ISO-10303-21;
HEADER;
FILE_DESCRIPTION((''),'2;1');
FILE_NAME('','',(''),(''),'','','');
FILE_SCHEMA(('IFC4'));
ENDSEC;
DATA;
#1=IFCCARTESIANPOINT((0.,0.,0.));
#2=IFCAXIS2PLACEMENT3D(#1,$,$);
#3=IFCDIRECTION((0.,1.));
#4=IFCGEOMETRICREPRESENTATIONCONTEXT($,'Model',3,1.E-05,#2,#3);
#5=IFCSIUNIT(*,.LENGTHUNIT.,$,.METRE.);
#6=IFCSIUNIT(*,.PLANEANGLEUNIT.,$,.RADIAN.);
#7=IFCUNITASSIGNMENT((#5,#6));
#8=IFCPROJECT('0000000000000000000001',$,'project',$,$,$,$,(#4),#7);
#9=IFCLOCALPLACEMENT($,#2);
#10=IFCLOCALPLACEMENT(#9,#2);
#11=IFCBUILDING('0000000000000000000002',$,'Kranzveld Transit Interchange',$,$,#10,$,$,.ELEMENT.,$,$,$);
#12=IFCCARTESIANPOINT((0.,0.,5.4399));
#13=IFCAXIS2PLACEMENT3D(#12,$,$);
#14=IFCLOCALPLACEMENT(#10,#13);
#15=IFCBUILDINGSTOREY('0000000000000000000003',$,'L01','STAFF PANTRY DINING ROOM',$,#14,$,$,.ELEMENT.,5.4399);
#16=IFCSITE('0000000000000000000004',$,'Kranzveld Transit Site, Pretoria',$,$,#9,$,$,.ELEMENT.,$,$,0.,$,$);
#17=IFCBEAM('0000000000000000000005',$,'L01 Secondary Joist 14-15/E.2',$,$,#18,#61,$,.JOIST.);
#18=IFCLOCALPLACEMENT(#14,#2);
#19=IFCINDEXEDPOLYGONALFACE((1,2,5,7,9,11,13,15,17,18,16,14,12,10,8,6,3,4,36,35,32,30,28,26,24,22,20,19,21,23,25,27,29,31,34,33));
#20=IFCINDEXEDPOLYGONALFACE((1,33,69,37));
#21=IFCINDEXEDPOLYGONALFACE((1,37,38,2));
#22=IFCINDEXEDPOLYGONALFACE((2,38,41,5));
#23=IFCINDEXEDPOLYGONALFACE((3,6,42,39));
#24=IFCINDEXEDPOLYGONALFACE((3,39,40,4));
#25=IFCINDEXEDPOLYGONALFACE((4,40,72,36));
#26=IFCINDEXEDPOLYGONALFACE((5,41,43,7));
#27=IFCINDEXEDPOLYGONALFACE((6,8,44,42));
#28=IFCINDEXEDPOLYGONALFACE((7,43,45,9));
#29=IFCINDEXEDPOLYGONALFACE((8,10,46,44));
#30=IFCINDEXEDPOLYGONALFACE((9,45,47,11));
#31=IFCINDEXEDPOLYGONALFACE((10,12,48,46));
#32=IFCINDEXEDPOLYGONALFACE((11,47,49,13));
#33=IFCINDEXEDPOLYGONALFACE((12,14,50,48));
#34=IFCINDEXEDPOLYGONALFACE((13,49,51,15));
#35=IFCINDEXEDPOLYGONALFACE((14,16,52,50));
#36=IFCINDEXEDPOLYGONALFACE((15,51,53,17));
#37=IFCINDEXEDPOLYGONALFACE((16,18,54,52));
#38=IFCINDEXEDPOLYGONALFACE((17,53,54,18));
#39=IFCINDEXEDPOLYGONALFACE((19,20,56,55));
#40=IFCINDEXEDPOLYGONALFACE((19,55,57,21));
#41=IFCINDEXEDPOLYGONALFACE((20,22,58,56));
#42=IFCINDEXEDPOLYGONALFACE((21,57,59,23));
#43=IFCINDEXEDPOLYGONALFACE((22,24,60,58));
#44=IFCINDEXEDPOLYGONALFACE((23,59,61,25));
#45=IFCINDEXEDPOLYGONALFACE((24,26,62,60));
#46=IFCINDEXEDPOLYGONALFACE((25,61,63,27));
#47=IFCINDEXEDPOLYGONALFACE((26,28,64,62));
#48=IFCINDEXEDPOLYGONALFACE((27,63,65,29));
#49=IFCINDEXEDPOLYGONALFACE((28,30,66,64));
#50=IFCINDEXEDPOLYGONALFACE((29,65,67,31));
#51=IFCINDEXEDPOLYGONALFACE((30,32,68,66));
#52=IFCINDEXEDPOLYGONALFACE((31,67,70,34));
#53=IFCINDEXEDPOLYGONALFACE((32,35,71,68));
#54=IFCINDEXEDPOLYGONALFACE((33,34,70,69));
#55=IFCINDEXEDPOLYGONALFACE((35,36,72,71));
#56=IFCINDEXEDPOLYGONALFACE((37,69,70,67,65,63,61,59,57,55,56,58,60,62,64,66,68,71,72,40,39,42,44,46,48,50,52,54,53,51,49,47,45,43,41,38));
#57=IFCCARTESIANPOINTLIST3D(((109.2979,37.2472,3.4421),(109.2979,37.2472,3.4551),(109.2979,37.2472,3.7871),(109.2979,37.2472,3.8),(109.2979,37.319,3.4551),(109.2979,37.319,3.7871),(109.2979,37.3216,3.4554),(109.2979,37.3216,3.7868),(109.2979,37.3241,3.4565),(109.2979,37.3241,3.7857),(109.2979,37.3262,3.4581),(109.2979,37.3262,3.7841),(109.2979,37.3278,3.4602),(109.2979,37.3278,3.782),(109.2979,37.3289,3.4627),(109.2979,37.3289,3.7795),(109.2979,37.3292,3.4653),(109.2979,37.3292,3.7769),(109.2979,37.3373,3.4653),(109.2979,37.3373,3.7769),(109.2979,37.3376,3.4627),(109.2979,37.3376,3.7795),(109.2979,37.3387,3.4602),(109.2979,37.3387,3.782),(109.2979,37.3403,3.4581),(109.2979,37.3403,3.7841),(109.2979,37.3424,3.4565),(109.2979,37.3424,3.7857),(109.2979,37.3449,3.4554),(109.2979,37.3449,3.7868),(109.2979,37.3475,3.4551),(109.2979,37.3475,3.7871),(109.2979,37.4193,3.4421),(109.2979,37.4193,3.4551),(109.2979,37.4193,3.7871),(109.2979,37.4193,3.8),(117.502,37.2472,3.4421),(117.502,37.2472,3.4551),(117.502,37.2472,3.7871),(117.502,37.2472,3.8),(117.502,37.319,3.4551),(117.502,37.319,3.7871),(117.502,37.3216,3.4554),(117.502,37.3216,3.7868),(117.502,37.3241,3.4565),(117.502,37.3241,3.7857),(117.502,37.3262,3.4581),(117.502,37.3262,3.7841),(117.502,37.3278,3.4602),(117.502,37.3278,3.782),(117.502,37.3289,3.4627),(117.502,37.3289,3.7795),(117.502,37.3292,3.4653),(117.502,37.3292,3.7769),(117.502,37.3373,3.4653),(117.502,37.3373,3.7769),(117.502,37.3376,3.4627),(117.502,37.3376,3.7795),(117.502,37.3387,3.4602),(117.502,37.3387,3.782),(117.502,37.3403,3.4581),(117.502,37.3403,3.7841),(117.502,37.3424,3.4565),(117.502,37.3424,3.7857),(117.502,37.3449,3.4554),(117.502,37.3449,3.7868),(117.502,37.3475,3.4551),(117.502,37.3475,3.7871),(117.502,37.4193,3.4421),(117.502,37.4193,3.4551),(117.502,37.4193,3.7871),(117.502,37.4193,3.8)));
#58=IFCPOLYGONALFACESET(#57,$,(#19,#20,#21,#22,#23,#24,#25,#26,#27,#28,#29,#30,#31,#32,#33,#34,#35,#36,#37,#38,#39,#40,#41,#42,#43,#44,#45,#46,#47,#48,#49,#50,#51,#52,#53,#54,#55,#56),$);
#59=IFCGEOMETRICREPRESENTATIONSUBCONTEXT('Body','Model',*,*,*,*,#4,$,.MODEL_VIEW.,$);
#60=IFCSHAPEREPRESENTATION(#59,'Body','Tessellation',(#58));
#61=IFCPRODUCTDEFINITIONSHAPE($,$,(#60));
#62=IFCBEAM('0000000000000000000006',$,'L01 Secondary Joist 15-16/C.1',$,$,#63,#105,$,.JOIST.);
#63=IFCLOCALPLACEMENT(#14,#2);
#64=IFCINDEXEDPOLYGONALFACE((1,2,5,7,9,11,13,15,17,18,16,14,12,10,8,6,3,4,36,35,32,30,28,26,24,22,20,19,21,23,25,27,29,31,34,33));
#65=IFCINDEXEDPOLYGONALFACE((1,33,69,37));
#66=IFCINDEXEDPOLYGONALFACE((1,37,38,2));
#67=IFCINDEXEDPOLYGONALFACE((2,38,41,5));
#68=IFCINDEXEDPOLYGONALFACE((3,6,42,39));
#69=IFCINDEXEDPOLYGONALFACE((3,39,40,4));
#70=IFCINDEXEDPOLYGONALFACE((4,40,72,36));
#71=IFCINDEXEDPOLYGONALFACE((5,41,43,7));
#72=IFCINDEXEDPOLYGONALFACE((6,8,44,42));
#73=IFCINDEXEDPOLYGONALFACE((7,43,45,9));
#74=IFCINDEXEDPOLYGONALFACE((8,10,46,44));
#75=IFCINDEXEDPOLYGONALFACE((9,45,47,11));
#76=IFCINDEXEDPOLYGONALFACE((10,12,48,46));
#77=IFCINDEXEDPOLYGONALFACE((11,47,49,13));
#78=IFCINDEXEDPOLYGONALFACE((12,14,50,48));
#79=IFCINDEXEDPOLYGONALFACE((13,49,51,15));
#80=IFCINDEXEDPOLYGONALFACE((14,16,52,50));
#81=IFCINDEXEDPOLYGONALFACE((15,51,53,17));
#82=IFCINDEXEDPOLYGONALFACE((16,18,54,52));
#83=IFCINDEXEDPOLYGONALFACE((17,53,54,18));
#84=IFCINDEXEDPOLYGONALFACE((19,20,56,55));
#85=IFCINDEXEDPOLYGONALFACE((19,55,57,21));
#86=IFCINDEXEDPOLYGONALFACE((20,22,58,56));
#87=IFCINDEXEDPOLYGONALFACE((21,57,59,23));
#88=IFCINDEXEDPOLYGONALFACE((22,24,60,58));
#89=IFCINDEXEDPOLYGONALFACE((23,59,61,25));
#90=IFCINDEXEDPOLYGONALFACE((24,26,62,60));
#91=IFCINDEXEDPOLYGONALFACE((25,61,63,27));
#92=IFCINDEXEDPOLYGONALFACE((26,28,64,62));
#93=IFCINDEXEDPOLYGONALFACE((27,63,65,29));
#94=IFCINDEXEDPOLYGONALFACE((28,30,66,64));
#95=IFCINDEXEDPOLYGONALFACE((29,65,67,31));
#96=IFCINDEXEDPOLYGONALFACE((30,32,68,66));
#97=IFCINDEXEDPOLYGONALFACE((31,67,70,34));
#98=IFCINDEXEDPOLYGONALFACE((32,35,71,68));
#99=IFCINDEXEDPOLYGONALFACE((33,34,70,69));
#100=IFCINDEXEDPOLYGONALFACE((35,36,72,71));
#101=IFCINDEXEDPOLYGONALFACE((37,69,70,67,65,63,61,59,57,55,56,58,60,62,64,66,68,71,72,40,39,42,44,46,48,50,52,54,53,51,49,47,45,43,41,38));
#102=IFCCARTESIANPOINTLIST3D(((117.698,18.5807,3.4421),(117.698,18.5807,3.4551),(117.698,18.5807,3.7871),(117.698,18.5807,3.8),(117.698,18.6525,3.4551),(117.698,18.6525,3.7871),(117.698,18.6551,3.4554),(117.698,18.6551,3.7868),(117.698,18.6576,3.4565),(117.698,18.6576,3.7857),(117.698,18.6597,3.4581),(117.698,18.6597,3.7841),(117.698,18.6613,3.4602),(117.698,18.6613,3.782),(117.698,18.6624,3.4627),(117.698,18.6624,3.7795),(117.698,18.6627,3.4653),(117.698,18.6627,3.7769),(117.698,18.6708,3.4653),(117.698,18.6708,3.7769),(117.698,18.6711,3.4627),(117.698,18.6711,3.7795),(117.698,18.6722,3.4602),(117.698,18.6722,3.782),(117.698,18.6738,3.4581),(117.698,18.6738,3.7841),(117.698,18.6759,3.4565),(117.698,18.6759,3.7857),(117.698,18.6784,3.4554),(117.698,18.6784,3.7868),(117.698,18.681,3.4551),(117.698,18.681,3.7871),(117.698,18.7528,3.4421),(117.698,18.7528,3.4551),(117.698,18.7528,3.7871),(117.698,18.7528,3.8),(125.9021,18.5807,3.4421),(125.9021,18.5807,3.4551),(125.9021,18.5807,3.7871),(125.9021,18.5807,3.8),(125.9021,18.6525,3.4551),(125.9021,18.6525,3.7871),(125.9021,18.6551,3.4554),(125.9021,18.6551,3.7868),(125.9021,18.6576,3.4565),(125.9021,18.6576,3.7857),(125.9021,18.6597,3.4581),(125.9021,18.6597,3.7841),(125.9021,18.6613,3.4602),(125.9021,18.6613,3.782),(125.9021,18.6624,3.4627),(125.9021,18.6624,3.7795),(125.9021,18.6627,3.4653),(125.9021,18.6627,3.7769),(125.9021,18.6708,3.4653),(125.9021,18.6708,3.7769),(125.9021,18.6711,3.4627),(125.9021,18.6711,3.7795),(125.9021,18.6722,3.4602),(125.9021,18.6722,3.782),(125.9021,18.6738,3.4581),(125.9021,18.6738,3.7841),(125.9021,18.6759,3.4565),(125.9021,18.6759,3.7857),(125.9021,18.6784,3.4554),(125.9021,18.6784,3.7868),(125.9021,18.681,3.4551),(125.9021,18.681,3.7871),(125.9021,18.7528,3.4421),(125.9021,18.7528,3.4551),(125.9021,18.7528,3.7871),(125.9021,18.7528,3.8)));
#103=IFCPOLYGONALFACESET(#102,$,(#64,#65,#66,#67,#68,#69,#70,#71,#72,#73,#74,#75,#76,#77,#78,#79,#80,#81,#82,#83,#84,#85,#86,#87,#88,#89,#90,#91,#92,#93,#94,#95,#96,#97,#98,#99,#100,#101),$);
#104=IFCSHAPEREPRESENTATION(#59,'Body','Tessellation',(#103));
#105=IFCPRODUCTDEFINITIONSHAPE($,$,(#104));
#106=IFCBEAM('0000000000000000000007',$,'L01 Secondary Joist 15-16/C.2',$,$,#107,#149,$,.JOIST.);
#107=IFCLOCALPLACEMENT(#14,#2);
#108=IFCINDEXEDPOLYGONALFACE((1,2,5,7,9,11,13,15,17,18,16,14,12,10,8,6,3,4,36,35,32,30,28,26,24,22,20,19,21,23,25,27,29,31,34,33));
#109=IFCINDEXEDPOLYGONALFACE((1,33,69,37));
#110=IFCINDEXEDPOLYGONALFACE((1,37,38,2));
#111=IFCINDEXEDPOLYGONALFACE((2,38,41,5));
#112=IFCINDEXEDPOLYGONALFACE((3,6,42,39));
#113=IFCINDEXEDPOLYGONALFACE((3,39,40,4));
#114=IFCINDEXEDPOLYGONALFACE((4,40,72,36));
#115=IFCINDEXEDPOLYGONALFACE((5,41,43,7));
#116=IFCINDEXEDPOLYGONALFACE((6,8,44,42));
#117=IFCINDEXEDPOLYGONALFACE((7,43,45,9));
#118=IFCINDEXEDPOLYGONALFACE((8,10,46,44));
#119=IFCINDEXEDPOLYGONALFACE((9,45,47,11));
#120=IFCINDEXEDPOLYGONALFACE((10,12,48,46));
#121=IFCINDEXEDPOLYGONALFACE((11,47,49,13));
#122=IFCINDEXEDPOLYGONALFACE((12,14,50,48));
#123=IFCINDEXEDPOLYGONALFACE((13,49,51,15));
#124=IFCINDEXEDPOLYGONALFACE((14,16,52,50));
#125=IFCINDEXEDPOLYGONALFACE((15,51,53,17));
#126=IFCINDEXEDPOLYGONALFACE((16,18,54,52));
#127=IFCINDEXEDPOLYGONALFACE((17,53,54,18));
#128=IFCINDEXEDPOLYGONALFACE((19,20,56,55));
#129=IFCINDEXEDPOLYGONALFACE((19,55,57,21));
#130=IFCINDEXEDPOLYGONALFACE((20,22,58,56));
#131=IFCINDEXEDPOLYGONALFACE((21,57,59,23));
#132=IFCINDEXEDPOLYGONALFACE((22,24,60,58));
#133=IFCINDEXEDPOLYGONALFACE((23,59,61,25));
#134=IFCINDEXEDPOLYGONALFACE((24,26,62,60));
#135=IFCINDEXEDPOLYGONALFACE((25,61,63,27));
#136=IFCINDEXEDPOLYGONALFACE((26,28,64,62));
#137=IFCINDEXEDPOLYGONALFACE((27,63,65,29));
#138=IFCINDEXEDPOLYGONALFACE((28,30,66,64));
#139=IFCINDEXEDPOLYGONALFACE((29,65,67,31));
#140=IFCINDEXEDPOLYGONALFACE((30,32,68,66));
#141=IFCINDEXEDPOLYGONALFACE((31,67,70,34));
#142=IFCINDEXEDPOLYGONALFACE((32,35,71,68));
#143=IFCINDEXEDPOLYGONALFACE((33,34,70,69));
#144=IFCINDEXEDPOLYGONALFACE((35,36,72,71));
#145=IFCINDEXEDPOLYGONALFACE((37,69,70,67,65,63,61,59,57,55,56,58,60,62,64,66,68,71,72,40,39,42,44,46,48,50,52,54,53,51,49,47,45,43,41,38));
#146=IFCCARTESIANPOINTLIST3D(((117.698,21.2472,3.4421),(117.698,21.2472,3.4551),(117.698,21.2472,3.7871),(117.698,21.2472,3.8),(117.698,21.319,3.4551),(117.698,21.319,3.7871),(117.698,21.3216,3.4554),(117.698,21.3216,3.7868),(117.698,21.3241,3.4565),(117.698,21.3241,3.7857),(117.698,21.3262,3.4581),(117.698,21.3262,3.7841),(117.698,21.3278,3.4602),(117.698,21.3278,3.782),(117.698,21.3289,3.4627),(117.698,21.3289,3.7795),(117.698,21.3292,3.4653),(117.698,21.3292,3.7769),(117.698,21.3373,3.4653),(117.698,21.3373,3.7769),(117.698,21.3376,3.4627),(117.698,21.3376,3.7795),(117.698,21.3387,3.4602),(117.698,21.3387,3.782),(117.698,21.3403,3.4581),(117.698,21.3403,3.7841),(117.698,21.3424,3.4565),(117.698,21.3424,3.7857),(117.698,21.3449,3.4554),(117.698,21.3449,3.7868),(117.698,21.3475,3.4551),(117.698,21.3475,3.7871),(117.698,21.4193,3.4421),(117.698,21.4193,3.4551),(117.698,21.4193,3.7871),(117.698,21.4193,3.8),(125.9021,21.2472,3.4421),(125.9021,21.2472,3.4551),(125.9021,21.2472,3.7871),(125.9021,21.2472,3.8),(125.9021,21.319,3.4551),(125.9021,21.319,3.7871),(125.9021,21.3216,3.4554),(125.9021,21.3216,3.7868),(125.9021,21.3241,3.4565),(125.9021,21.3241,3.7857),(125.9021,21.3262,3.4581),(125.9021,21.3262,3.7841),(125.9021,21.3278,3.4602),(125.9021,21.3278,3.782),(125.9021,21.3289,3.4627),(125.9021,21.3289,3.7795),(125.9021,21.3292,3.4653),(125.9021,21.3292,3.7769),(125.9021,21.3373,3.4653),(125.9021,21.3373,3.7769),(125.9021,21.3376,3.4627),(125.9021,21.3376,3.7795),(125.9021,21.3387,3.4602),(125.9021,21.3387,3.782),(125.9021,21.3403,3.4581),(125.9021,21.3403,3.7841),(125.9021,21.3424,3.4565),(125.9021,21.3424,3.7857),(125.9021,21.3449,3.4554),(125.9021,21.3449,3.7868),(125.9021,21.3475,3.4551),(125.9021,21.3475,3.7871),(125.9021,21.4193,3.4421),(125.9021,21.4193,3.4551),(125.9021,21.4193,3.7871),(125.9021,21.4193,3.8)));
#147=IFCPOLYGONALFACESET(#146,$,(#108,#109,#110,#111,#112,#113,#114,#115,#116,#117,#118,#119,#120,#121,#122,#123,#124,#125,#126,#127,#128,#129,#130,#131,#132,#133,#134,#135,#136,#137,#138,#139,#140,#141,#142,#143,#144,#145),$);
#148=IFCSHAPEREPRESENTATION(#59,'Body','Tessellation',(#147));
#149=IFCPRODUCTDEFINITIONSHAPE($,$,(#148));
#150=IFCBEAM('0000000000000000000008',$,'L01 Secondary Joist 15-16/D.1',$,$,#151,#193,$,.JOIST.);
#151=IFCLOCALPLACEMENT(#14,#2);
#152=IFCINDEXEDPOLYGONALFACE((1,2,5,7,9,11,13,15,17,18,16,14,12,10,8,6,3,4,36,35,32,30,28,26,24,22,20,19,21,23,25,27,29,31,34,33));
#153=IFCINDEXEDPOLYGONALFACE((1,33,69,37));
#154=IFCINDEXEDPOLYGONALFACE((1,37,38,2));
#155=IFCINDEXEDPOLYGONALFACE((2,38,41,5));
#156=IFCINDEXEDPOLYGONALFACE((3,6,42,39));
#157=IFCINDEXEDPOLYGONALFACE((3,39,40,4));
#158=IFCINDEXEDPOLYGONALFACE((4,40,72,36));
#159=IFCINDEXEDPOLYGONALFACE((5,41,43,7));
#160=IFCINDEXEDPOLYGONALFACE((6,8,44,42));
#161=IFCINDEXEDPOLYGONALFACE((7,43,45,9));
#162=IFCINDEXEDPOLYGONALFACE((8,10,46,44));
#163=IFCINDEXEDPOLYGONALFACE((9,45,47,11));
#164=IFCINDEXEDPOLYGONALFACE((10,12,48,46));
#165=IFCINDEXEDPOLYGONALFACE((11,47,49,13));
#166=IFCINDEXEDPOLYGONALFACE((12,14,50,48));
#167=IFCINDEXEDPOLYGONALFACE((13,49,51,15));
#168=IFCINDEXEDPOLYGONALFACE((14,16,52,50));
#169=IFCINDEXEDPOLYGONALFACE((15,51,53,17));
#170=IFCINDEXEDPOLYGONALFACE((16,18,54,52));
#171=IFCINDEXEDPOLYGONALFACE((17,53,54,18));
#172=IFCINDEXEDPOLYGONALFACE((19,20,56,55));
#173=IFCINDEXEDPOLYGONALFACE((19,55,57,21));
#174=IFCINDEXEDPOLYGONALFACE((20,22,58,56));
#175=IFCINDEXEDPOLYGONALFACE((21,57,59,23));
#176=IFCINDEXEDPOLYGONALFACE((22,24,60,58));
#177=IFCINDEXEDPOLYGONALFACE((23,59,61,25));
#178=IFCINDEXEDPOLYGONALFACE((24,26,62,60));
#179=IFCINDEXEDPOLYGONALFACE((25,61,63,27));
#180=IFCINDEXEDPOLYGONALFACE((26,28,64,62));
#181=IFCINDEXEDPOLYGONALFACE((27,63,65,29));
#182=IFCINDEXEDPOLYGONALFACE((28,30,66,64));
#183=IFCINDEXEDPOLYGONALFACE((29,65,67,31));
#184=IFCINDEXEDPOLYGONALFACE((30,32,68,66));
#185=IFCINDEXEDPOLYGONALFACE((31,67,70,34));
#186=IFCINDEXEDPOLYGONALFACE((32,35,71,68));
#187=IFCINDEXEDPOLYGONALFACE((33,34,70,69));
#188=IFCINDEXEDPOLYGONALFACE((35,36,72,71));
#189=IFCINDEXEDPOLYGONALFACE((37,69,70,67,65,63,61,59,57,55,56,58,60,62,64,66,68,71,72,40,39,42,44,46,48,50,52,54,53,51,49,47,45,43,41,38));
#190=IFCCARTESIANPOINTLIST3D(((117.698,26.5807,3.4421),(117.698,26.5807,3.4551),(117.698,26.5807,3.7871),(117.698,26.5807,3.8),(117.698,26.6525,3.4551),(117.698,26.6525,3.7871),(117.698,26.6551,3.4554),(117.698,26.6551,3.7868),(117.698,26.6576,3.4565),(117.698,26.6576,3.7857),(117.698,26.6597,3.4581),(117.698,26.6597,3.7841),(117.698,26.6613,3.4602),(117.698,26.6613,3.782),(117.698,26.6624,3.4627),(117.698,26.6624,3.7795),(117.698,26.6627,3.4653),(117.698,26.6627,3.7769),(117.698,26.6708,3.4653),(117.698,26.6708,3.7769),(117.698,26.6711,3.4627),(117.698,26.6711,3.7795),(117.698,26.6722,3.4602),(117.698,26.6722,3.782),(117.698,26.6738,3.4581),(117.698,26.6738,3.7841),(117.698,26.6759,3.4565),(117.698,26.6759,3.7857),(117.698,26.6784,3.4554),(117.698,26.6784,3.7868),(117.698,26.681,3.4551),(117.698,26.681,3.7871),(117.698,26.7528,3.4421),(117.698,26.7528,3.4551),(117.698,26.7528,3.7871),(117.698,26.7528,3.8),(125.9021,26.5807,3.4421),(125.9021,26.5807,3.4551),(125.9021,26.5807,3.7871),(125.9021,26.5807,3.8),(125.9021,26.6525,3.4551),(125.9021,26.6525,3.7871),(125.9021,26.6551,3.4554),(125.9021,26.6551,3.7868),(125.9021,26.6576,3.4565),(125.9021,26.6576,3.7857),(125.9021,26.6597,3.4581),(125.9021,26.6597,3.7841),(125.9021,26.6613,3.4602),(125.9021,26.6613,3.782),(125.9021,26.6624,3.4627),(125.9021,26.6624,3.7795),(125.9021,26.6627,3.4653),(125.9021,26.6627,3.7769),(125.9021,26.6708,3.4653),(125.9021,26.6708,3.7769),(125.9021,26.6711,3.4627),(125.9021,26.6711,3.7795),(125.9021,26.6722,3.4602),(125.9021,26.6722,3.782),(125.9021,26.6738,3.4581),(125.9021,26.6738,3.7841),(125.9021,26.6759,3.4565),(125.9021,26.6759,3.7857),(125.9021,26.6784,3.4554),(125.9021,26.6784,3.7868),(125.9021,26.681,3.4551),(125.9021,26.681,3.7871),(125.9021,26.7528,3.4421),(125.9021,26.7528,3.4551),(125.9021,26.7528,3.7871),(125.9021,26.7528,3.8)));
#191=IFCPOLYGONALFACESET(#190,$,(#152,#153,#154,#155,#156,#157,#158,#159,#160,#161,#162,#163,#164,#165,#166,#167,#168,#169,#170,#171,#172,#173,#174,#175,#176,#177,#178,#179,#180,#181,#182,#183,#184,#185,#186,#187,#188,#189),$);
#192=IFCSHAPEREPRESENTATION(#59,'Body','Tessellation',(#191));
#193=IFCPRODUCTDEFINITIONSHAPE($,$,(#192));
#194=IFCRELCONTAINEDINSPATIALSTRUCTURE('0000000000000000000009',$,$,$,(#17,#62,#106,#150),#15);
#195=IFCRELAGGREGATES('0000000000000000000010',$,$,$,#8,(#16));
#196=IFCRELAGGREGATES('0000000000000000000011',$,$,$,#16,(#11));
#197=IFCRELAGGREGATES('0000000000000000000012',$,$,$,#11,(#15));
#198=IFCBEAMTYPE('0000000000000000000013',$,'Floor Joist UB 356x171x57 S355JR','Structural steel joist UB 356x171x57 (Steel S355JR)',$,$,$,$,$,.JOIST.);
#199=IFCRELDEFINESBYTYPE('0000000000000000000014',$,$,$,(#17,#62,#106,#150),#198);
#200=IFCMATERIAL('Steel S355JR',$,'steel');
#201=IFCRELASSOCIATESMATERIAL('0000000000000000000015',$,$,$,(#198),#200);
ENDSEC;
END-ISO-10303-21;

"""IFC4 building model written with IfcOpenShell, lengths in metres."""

from ifc_helpers import new_model, si_unit, direction, frame, origin, origin_2d, place, context, subcontext, project, spatial, i_section, extrude, material, material_profile, profile_set, type_object, element, save


model = new_model("IFC4")

# Units and contexts
model_context = context("Model", 3, precision=1e-05, world=origin(), true_north=direction((0.0, 1.0)))
body_context = subcontext(model_context, "Body", "Model", "MODEL_VIEW")
ifc_project = project(units=[si_unit("LENGTHUNIT", "METRE"), si_unit("PLANEANGLEUNIT", "RADIAN")], contexts=[model_context])

# Site, building, storey
site_placement = place(None, origin())
site = spatial("IfcSite", under=ifc_project, at=site_placement, Name="Kranzveld Transit Site, Pretoria", CompositionType="ELEMENT", RefElevation=0.0)
building_placement = place(site_placement, origin())
building = spatial("IfcBuilding", under=site, at=building_placement, Name="Kranzveld Transit Interchange", CompositionType="ELEMENT")
storey_placement = place(building_placement, frame((0.0, 0.0, 5.4399)))
storey = spatial("IfcBuildingStorey", under=building, at=storey_placement, Name="L01", Description="STAFF PANTRY DINING ROOM", CompositionType="ELEMENT", Elevation=5.4399)

# Beams
ifc_material_1 = material(Name="Steel S355JR", Category="steel")
ifc_material_profile_1 = material_profile(ifc_material_1, i_section(OverallWidth=0.1721, OverallDepth=0.3579, WebThickness=0.0081, FlangeThickness=0.0129, FilletRadius=0.0103, at=origin_2d()), Name="UB 356x171x57")
ifc_profile_set_1 = profile_set([ifc_material_profile_1], Name="Steel S355JR")
beam_type_1 = type_object("IfcBeamType", Name="Floor Joist UB 356x171x57 S355JR", Description="Structural steel joist UB 356x171x57 (Steel S355JR)", PredefinedType="JOIST", material=ifc_profile_set_1)
for number, where, z_axis, x_axis, name in (
    (1, (109.2979, 37.3333, 3.6211), (1.0, 0.0, 0.0), (0.0, 1.0, 0.0), "L01 Secondary Joist 14-15/E.2"),
    (2, (117.698, 18.6667, 3.6211), (1.0, 0.0, 0.0), (0.0, 1.0, 0.0), "L01 Secondary Joist 15-16/C.1"),
    (3, (117.698, 21.3333, 3.6211), (1.0, 0.0, 0.0), (0.0, 1.0, 0.0), "L01 Secondary Joist 15-16/C.2"),
    (4, (117.698, 26.6667, 3.6211), (1.0, 0.0, 0.0), (0.0, 1.0, 0.0), "L01 Secondary Joist 15-16/D.1"),
):
    element("IfcBeam", number, at=place(storey_placement, frame(where, z_axis=z_axis, x_axis=x_axis)), inside=storey, type_object=beam_type_1, Name=name, PredefinedType="JOIST", context=body_context, shape_type="SweptSolid", body=[
        extrude(i_section(OverallWidth=0.1721, OverallDepth=0.3579, WebThickness=0.0081, FlangeThickness=0.0129, FilletRadius=0.0103, at=origin_2d()), origin(), (0.0, 0.0, 1.0), 8.2041),
    ])

save(model, "model.ifc")
